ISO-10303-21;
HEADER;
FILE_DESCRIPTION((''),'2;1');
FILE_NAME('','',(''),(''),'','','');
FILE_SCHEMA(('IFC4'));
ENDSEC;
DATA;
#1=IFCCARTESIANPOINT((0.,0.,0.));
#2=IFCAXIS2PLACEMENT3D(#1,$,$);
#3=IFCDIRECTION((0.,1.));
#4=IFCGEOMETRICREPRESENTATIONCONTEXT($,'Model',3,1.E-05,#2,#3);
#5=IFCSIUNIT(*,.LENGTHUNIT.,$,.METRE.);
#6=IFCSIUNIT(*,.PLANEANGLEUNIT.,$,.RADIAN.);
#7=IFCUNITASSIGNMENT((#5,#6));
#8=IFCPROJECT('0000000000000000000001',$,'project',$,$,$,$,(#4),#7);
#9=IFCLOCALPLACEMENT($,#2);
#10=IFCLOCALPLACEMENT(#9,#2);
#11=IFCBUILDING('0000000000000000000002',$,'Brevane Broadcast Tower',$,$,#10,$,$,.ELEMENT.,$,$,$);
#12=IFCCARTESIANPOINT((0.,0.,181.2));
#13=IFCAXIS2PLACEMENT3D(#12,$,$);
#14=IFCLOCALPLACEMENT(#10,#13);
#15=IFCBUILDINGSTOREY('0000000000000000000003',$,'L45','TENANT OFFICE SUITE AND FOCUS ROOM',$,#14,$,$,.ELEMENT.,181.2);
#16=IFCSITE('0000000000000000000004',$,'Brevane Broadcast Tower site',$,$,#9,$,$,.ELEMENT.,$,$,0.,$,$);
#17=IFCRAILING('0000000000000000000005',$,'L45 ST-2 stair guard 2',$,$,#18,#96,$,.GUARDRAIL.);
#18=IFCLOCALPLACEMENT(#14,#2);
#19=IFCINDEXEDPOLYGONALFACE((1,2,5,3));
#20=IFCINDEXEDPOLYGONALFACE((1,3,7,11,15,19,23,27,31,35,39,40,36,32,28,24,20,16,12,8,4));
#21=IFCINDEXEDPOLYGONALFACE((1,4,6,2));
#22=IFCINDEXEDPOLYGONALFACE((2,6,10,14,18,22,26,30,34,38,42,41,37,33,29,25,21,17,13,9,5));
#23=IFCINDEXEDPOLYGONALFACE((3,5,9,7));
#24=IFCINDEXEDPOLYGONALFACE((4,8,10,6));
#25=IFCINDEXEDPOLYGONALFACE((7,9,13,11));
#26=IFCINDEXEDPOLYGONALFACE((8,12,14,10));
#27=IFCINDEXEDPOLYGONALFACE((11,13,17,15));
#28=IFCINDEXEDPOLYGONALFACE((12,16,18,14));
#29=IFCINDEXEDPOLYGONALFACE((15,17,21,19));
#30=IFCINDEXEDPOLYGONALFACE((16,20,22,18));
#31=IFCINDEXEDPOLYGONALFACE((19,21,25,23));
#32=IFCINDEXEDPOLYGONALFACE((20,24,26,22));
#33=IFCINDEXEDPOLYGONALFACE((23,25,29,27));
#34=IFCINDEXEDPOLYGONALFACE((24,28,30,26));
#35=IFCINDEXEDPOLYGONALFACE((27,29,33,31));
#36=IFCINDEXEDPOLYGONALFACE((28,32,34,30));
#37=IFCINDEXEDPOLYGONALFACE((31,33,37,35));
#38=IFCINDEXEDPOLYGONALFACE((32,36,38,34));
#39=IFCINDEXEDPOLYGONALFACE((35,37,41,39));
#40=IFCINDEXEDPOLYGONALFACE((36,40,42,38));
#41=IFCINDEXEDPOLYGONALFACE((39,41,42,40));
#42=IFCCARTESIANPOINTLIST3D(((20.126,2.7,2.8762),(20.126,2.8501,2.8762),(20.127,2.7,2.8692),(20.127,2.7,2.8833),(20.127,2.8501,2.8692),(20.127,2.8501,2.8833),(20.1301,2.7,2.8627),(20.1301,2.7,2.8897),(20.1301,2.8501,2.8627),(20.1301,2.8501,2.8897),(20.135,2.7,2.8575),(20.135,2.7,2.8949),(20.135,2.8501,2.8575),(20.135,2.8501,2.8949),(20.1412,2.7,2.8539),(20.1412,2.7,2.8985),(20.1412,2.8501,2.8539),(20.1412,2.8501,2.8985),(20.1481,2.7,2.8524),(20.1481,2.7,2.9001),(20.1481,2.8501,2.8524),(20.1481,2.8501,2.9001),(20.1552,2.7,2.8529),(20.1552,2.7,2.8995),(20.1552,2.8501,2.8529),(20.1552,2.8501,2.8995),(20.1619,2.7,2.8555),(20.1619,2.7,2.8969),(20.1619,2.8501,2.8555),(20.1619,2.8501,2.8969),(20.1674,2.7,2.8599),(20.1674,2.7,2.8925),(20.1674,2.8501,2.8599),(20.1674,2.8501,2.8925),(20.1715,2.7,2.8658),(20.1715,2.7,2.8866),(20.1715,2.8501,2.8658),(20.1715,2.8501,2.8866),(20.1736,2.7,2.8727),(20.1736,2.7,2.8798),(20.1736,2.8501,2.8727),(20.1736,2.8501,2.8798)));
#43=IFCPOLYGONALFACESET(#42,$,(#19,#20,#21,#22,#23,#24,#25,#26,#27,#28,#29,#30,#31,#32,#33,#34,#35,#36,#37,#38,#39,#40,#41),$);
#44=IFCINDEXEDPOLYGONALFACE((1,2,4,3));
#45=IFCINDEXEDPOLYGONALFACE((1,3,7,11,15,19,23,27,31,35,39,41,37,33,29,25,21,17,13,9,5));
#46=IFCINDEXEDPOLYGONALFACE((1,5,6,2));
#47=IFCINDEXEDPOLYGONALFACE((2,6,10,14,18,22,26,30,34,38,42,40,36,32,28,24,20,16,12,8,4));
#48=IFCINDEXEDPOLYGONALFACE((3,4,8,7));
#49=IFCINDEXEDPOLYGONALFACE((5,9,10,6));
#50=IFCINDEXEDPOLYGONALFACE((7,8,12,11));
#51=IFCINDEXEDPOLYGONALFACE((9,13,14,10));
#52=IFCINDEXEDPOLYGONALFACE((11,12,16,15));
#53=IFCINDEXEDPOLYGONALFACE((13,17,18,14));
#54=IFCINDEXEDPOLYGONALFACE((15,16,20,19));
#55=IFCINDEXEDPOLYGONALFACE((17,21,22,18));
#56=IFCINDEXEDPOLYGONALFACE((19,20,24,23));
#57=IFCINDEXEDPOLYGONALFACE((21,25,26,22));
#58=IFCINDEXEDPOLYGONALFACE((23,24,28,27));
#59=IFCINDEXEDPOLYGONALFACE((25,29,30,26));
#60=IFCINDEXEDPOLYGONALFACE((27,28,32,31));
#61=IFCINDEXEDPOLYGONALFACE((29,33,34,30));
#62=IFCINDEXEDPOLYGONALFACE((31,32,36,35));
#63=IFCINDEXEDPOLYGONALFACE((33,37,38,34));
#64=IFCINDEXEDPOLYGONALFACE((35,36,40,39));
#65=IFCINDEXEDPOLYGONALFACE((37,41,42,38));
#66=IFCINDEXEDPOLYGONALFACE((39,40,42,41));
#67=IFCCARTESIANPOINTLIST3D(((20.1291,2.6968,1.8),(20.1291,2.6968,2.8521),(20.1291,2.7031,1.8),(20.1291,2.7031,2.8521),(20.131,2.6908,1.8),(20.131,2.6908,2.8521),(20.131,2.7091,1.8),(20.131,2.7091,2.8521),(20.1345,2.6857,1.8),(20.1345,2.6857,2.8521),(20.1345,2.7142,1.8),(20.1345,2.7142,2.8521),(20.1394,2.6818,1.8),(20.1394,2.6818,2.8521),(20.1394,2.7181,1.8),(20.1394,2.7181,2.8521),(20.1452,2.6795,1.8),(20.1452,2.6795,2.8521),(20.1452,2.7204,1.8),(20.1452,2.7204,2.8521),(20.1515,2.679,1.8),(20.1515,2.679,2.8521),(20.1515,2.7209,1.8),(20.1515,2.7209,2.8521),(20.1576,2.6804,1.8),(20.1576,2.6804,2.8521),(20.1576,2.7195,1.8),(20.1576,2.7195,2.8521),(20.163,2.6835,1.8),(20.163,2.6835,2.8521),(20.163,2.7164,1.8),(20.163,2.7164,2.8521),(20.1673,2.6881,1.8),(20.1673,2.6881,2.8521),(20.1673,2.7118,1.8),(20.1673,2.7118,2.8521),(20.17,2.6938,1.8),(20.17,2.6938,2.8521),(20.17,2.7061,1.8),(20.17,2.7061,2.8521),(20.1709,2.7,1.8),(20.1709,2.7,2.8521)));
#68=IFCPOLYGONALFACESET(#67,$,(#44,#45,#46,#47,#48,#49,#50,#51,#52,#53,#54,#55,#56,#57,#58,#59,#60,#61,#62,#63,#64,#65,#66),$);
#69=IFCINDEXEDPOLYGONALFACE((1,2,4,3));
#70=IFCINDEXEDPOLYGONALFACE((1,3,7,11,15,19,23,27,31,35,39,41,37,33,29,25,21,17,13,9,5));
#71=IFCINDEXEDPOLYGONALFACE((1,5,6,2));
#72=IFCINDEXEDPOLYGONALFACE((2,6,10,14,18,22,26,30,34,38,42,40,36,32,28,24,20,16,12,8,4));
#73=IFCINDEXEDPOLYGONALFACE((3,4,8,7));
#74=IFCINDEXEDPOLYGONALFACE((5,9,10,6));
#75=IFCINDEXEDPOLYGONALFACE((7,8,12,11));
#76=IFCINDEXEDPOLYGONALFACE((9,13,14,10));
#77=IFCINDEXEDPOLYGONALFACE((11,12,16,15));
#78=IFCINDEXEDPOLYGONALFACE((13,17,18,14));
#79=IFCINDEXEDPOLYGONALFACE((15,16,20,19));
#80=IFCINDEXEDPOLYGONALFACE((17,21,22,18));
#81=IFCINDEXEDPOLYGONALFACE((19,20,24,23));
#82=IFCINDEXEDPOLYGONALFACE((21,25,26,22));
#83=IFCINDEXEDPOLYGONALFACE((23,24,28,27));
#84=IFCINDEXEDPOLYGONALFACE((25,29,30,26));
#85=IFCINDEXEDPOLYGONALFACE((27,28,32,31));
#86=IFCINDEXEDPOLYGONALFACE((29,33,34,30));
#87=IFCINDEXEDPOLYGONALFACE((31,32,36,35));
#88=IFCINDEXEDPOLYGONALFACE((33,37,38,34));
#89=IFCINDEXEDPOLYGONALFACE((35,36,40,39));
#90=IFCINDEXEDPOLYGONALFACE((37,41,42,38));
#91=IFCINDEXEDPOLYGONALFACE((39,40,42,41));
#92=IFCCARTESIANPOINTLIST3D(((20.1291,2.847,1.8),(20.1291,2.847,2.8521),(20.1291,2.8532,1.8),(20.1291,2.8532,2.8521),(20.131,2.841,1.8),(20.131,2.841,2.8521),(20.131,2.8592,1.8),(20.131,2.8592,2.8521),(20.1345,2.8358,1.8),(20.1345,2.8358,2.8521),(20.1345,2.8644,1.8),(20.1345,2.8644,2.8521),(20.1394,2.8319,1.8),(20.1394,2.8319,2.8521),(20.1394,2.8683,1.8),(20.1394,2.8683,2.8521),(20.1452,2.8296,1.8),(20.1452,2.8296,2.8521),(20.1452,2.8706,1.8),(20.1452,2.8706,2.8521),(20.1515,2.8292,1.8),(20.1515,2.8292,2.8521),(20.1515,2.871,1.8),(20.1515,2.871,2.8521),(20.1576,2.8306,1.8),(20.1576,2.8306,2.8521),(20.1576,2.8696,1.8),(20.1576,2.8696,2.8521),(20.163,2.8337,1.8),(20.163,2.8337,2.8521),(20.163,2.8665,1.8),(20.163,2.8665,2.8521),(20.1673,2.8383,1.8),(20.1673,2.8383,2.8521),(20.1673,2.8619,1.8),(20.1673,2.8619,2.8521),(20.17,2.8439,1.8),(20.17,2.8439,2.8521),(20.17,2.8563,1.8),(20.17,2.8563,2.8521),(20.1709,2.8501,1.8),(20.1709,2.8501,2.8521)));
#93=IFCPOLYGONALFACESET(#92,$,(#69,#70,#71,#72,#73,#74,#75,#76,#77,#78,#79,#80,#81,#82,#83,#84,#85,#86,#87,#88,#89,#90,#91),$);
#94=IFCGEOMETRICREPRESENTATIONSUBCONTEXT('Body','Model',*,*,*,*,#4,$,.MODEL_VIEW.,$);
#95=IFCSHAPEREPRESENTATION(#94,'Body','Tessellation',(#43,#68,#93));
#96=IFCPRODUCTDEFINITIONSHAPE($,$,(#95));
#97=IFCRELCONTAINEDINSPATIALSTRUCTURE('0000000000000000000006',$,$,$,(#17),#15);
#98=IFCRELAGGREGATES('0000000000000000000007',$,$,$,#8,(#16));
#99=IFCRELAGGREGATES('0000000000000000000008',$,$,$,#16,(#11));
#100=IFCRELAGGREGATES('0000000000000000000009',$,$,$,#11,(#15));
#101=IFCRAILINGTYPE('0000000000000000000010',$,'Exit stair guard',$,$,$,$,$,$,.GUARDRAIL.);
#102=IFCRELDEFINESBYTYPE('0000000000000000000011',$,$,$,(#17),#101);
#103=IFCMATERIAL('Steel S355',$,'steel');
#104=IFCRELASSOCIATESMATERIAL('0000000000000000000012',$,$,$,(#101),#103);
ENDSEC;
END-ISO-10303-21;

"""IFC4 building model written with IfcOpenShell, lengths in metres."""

from ifc_helpers import new_model, si_unit, direction, frame, origin, origin_2d, place, context, subcontext, project, spatial, circle, extrude, material, type_object, element, save


model = new_model("IFC4")

# Units and contexts
model_context = context("Model", 3, precision=1e-05, world=origin(), true_north=direction((0.0, 1.0)))
body_context = subcontext(model_context, "Body", "Model", "MODEL_VIEW")
ifc_project = project(units=[si_unit("LENGTHUNIT", "METRE"), si_unit("PLANEANGLEUNIT", "RADIAN")], contexts=[model_context])

# Site, building, storey
site_placement = place(None, origin())
site = spatial("IfcSite", under=ifc_project, at=site_placement, Name="Brevane Broadcast Tower site", CompositionType="ELEMENT", RefElevation=0.0)
building_placement = place(site_placement, origin())
building = spatial("IfcBuilding", under=site, at=building_placement, Name="Brevane Broadcast Tower", CompositionType="ELEMENT")
storey_placement = place(building_placement, frame((0.0, 0.0, 181.2)))
storey = spatial("IfcBuildingStorey", under=building, at=storey_placement, Name="L45", Description="TENANT OFFICE SUITE AND FOCUS ROOM", CompositionType="ELEMENT", Elevation=181.2)

# Railing
ifc_material_1 = material(Name="Steel S355", Category="steel")
railing_type_1 = type_object("IfcRailingType", Name="Exit stair guard", PredefinedType="GUARDRAIL", material=ifc_material_1)
railing_1_placement = place(storey_placement, frame((20.1499, 2.7, 1.8)))
element("IfcRailing", 1, at=railing_1_placement, inside=storey, type_object=railing_type_1, Name="L45 ST-2 stair guard 2", PredefinedType="GUARDRAIL", context=body_context, shape_type="SweptSolid", body=[
    extrude(circle(Radius=0.0239, at=origin_2d()), frame((0.0, 0.0, 1.0762), z_axis=(0.0, 1.0, 0.0), x_axis=(-1.0, 0.0, 0.0)), (0.0, 0.0, 1.0), 0.1501),
    extrude(circle(Radius=0.021, at=origin_2d()), origin(), (0.0, 0.0, 1.0), 1.052),
    extrude(circle(Radius=0.021, at=origin_2d()), frame((0.0, 0.1501, 0.0)), (0.0, 0.0, 1.0), 1.052),
])

save(model, "model.ifc")
